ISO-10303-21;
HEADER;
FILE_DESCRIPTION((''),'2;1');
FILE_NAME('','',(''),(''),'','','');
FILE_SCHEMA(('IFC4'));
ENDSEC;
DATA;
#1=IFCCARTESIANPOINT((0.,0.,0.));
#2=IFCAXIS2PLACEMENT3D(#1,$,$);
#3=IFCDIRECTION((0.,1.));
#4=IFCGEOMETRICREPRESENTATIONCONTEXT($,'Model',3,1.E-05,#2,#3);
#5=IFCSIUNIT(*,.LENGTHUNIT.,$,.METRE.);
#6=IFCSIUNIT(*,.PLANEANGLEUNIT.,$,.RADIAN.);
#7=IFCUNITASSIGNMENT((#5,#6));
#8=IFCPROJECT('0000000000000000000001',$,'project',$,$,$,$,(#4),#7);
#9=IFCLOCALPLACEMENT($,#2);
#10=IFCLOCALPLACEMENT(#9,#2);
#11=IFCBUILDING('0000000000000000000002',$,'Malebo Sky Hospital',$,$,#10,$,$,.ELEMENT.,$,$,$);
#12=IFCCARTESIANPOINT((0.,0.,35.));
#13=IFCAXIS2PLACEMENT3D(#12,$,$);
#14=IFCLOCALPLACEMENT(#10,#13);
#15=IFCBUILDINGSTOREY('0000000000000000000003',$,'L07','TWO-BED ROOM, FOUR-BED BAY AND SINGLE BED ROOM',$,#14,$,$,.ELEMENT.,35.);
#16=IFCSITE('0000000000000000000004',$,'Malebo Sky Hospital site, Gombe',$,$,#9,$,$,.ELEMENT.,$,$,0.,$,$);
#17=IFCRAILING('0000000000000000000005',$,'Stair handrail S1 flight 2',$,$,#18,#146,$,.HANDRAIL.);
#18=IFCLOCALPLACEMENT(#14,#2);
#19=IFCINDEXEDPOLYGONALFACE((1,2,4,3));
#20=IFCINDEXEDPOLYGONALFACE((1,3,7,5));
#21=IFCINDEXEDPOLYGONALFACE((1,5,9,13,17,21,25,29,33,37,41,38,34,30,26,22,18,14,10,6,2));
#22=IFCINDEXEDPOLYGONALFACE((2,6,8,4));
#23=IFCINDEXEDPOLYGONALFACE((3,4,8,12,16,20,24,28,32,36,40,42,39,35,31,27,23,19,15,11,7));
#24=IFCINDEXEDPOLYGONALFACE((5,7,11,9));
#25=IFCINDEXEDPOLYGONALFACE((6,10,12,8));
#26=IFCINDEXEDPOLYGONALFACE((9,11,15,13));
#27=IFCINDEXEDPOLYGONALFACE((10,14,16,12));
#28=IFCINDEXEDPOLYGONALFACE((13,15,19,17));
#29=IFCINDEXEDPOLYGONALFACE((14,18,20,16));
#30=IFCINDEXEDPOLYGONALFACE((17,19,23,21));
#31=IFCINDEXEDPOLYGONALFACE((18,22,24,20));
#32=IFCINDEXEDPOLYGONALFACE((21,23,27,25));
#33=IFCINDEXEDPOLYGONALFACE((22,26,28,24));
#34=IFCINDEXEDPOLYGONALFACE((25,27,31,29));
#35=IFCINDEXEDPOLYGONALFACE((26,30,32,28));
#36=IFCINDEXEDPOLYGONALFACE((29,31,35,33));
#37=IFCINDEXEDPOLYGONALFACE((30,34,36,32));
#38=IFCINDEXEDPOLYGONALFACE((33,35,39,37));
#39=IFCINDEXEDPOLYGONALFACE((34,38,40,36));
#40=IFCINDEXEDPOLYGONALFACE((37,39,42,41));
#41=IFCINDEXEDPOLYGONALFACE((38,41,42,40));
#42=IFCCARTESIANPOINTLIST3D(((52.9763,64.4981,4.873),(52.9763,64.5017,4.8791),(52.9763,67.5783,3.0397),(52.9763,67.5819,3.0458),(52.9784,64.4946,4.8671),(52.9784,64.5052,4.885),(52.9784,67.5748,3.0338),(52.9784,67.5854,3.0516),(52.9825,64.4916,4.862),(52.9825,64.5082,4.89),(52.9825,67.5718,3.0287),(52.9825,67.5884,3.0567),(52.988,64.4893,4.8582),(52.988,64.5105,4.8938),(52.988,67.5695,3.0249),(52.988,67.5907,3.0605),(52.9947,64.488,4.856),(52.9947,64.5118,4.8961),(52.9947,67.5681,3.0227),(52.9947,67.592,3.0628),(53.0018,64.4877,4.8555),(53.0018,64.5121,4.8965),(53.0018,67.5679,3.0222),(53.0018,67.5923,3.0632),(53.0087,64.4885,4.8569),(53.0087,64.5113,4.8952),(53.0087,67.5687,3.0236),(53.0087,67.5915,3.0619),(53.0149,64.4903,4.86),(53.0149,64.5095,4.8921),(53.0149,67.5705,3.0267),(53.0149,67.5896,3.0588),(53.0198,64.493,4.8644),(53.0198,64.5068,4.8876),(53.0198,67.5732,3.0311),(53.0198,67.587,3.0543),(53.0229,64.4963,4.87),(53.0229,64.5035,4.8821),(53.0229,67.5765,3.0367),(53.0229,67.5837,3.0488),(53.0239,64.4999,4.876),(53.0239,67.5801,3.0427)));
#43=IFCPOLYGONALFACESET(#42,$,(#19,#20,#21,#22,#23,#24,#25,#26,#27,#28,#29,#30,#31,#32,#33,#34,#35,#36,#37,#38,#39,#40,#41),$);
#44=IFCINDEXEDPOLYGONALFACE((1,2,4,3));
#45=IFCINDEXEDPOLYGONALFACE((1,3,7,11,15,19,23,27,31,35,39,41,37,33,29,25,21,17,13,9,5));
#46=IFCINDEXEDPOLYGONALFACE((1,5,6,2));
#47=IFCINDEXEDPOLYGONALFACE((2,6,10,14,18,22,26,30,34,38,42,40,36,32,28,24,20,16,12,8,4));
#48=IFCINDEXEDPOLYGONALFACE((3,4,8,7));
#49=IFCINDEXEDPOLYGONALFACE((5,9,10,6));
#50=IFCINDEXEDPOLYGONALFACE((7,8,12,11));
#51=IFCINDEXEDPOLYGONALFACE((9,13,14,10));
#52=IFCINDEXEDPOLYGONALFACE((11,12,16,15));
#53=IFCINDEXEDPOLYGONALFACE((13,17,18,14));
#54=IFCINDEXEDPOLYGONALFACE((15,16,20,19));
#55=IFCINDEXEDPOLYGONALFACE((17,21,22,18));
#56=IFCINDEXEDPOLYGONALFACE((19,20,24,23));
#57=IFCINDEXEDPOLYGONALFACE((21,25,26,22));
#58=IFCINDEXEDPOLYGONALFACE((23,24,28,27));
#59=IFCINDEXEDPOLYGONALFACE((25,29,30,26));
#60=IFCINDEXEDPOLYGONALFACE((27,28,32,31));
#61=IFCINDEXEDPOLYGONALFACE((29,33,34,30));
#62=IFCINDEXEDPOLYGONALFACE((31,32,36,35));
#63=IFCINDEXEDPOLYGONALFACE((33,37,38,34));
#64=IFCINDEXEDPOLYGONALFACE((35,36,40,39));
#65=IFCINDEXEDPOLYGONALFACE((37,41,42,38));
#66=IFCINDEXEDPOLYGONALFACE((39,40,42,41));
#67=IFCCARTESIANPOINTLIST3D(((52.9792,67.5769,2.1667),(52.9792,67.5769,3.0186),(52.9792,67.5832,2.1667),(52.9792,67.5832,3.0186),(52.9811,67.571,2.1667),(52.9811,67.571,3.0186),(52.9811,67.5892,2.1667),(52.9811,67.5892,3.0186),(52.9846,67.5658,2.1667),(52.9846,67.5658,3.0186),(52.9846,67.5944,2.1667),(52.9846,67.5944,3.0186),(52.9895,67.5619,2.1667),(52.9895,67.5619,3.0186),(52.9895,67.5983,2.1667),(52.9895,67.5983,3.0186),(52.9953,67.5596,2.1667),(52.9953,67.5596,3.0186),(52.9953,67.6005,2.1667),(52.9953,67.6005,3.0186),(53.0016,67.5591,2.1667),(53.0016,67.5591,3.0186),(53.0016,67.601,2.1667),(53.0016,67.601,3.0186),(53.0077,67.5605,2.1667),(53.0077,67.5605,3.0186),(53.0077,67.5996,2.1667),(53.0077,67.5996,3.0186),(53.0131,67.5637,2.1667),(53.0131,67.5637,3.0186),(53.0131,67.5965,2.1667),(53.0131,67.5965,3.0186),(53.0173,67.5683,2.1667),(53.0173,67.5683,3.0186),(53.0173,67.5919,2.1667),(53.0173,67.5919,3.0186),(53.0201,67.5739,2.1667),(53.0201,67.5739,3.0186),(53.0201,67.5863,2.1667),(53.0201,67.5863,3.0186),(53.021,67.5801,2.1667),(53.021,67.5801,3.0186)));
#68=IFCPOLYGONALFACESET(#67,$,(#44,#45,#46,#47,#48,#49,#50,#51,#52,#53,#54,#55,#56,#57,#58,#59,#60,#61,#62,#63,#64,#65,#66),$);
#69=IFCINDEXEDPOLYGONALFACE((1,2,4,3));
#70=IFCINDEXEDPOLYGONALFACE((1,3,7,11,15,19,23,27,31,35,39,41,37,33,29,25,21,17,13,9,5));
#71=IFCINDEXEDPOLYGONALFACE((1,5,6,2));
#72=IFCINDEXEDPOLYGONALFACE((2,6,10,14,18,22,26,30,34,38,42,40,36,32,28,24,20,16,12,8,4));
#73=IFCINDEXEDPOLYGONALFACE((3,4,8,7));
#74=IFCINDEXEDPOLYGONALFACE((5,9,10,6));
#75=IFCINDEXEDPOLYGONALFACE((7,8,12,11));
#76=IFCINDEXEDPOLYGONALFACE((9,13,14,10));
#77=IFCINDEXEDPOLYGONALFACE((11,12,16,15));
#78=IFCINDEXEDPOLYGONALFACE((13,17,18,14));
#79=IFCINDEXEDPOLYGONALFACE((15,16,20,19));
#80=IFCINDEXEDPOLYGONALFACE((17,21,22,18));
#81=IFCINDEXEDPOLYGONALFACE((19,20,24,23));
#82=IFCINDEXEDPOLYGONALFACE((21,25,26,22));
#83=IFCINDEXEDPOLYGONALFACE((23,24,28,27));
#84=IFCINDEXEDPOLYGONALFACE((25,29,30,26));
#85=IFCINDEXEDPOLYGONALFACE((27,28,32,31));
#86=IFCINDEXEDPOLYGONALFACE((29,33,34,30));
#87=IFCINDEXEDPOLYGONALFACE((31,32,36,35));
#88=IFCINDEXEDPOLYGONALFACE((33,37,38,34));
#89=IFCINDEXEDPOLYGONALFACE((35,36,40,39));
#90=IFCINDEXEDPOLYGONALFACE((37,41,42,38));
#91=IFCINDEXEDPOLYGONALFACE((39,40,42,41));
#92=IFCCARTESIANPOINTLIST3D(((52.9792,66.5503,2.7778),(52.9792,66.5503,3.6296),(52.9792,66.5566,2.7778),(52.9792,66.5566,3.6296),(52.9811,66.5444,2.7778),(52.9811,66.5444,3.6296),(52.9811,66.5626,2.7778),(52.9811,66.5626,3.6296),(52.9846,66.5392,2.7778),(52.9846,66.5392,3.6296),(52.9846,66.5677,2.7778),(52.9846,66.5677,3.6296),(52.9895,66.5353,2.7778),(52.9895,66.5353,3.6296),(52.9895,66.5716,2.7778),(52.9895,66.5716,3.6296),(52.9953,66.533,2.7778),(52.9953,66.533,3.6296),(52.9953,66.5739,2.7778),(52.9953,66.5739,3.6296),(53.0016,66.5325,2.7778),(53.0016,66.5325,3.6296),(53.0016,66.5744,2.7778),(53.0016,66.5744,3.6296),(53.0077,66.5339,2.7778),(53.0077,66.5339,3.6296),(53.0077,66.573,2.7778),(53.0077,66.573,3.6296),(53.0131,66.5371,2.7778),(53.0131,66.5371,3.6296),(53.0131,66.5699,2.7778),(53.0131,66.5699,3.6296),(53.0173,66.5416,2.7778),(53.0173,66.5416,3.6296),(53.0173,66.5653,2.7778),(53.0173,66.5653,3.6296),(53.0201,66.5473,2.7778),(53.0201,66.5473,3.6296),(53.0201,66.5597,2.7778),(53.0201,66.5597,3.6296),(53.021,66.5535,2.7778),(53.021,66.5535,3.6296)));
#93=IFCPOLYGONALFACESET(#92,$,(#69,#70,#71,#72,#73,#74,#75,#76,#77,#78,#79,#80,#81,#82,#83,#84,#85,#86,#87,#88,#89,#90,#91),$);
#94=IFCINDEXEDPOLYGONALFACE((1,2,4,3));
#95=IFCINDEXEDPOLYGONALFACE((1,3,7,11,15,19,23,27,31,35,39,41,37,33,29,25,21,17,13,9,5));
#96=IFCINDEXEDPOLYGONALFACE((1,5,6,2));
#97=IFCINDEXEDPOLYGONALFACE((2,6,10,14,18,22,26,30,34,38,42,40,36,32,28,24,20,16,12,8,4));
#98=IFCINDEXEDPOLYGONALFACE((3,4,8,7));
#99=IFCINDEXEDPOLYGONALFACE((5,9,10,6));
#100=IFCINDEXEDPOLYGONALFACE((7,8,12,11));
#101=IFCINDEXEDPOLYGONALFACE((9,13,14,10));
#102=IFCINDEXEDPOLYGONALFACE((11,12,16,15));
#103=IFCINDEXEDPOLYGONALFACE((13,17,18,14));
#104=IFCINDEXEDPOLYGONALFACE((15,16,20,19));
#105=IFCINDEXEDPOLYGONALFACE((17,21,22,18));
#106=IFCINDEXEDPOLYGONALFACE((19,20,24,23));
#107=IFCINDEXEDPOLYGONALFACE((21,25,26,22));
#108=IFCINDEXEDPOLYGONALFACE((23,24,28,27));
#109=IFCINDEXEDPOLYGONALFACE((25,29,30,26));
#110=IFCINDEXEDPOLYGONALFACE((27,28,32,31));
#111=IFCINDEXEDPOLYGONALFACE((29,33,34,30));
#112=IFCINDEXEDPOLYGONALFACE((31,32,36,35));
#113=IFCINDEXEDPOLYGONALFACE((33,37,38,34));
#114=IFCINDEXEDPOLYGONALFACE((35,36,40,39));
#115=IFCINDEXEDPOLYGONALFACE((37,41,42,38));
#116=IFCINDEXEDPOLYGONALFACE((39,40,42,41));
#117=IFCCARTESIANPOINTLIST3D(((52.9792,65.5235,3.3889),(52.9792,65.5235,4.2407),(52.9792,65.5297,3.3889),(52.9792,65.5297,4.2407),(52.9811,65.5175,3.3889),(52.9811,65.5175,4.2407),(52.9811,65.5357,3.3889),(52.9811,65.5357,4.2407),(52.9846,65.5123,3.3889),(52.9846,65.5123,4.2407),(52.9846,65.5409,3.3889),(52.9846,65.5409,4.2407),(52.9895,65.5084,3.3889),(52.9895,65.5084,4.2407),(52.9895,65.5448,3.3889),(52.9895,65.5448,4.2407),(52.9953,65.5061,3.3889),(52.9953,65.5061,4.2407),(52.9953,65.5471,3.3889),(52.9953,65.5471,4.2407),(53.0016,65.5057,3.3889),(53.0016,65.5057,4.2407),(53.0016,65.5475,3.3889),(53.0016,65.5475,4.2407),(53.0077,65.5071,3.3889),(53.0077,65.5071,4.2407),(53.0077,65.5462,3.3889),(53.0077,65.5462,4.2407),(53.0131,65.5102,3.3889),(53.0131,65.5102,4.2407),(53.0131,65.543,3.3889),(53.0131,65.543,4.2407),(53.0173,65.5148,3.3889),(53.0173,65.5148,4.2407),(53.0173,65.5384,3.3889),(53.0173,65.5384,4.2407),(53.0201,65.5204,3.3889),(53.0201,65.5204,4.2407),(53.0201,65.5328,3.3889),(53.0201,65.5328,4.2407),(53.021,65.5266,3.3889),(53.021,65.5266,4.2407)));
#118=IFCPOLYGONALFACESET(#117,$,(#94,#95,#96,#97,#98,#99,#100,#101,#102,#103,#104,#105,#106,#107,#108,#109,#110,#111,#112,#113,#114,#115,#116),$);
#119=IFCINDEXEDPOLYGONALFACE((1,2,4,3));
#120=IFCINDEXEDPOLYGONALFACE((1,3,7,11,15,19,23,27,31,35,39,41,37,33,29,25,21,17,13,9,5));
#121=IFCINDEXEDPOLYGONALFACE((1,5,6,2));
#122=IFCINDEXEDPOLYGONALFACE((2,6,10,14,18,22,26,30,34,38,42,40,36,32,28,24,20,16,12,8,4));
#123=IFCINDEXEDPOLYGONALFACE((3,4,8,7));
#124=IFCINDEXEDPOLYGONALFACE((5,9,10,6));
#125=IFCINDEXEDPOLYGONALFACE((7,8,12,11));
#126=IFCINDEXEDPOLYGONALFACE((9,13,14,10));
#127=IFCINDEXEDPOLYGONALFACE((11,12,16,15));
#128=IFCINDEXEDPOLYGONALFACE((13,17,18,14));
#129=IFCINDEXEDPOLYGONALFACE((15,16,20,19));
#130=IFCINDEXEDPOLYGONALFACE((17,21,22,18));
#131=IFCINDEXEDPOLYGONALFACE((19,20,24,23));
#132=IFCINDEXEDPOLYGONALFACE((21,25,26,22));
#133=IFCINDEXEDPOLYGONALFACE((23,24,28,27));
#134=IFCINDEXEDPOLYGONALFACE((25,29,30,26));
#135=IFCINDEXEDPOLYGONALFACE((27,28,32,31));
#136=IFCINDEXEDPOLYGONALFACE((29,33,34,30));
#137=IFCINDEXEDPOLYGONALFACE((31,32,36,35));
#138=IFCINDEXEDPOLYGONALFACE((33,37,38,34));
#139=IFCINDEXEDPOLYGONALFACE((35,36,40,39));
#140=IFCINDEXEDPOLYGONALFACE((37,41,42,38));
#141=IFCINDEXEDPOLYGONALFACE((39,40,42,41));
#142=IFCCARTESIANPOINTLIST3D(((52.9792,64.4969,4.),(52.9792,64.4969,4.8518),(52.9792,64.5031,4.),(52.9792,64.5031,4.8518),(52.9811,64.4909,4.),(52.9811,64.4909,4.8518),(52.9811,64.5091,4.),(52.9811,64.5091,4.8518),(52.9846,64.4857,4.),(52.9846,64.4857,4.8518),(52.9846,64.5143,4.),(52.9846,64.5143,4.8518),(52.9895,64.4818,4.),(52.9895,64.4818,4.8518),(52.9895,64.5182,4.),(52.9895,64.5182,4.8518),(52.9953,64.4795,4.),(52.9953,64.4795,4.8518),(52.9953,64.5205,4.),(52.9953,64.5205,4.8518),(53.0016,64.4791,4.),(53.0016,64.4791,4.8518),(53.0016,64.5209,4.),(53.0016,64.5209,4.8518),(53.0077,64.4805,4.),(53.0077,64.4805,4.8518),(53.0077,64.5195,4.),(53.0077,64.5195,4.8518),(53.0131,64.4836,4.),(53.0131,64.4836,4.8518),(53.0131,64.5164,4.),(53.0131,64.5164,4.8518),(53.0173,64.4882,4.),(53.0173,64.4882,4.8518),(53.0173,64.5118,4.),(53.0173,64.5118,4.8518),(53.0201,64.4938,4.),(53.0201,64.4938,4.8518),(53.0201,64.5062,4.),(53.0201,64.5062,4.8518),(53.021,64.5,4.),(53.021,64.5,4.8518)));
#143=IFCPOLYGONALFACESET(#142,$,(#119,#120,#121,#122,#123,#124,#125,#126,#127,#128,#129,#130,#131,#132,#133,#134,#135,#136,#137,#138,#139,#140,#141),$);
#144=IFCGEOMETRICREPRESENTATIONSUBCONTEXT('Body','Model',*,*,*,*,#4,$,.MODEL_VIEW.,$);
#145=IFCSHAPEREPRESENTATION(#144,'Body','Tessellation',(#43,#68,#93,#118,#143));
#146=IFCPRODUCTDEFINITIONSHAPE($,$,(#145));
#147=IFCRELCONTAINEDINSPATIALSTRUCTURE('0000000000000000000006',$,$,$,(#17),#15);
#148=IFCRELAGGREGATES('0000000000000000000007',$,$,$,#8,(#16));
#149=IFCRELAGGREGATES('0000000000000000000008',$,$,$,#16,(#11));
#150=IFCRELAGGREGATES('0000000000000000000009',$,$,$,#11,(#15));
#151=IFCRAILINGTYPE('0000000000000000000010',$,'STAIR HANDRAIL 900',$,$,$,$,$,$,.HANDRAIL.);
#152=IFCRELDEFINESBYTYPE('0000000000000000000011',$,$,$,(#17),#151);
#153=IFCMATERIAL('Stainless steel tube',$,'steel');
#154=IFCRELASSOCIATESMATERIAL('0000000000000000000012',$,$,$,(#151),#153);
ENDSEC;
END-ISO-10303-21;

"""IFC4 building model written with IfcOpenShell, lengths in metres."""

from ifc_helpers import new_model, si_unit, direction, frame, origin, origin_2d, place, context, subcontext, project, spatial, circle, extrude, material, type_object, element, save


model = new_model("IFC4")

# Units and contexts
model_context = context("Model", 3, precision=1e-05, world=origin(), true_north=direction((0.0, 1.0)))
body_context = subcontext(model_context, "Body", "Model", "MODEL_VIEW")
ifc_project = project(units=[si_unit("LENGTHUNIT", "METRE"), si_unit("PLANEANGLEUNIT", "RADIAN")], contexts=[model_context])

# Site, building, storey
site_placement = place(None, origin())
site = spatial("IfcSite", under=ifc_project, at=site_placement, Name="Malebo Sky Hospital site, Gombe", CompositionType="ELEMENT", RefElevation=0.0)
building_placement = place(site_placement, origin())
building = spatial("IfcBuilding", under=site, at=building_placement, Name="Malebo Sky Hospital", CompositionType="ELEMENT")
storey_placement = place(building_placement, frame((0.0, 0.0, 35.0)))
storey = spatial("IfcBuildingStorey", under=building, at=storey_placement, Name="L07", Description="TWO-BED ROOM, FOUR-BED BAY AND SINGLE BED ROOM", CompositionType="ELEMENT", Elevation=35.0)

# Railing
ifc_material_1 = material(Name="Stainless steel tube", Category="steel")
railing_type = type_object("IfcRailingType", Name="STAIR HANDRAIL 900", PredefinedType="HANDRAIL", material=ifc_material_1)
railing_1_placement = place(storey_placement, frame((53.0, 67.5801, 2.1667)))
element("IfcRailing", 1, at=railing_1_placement, inside=storey, type_object=railing_type, Name="Stair handrail S1 flight 2", PredefinedType="HANDRAIL", context=body_context, shape_type="SweptSolid", body=[
    extrude(circle(Radius=0.0239, at=origin_2d()), frame((0.0, 0.0, 0.876), z_axis=(0.0, -0.859309, 0.511458), x_axis=(1.0, 0.0, 0.0)), (0.0, 0.0, 1.0), 3.5845),
    extrude(circle(Radius=0.021, at=origin_2d()), origin(), (0.0, 0.0, 1.0), 0.8518),
    extrude(circle(Radius=0.021, at=origin_2d()), frame((0.0, -1.0266, 0.6111)), (0.0, 0.0, 1.0), 0.8518),
    extrude(circle(Radius=0.021, at=origin_2d()), frame((0.0, -2.0535, 1.2222)), (0.0, 0.0, 1.0), 0.8518),
    extrude(circle(Radius=0.021, at=origin_2d()), frame((0.0, -3.0801, 1.8333)), (0.0, 0.0, 1.0), 0.8518),
])

save(model, "model.ifc")
